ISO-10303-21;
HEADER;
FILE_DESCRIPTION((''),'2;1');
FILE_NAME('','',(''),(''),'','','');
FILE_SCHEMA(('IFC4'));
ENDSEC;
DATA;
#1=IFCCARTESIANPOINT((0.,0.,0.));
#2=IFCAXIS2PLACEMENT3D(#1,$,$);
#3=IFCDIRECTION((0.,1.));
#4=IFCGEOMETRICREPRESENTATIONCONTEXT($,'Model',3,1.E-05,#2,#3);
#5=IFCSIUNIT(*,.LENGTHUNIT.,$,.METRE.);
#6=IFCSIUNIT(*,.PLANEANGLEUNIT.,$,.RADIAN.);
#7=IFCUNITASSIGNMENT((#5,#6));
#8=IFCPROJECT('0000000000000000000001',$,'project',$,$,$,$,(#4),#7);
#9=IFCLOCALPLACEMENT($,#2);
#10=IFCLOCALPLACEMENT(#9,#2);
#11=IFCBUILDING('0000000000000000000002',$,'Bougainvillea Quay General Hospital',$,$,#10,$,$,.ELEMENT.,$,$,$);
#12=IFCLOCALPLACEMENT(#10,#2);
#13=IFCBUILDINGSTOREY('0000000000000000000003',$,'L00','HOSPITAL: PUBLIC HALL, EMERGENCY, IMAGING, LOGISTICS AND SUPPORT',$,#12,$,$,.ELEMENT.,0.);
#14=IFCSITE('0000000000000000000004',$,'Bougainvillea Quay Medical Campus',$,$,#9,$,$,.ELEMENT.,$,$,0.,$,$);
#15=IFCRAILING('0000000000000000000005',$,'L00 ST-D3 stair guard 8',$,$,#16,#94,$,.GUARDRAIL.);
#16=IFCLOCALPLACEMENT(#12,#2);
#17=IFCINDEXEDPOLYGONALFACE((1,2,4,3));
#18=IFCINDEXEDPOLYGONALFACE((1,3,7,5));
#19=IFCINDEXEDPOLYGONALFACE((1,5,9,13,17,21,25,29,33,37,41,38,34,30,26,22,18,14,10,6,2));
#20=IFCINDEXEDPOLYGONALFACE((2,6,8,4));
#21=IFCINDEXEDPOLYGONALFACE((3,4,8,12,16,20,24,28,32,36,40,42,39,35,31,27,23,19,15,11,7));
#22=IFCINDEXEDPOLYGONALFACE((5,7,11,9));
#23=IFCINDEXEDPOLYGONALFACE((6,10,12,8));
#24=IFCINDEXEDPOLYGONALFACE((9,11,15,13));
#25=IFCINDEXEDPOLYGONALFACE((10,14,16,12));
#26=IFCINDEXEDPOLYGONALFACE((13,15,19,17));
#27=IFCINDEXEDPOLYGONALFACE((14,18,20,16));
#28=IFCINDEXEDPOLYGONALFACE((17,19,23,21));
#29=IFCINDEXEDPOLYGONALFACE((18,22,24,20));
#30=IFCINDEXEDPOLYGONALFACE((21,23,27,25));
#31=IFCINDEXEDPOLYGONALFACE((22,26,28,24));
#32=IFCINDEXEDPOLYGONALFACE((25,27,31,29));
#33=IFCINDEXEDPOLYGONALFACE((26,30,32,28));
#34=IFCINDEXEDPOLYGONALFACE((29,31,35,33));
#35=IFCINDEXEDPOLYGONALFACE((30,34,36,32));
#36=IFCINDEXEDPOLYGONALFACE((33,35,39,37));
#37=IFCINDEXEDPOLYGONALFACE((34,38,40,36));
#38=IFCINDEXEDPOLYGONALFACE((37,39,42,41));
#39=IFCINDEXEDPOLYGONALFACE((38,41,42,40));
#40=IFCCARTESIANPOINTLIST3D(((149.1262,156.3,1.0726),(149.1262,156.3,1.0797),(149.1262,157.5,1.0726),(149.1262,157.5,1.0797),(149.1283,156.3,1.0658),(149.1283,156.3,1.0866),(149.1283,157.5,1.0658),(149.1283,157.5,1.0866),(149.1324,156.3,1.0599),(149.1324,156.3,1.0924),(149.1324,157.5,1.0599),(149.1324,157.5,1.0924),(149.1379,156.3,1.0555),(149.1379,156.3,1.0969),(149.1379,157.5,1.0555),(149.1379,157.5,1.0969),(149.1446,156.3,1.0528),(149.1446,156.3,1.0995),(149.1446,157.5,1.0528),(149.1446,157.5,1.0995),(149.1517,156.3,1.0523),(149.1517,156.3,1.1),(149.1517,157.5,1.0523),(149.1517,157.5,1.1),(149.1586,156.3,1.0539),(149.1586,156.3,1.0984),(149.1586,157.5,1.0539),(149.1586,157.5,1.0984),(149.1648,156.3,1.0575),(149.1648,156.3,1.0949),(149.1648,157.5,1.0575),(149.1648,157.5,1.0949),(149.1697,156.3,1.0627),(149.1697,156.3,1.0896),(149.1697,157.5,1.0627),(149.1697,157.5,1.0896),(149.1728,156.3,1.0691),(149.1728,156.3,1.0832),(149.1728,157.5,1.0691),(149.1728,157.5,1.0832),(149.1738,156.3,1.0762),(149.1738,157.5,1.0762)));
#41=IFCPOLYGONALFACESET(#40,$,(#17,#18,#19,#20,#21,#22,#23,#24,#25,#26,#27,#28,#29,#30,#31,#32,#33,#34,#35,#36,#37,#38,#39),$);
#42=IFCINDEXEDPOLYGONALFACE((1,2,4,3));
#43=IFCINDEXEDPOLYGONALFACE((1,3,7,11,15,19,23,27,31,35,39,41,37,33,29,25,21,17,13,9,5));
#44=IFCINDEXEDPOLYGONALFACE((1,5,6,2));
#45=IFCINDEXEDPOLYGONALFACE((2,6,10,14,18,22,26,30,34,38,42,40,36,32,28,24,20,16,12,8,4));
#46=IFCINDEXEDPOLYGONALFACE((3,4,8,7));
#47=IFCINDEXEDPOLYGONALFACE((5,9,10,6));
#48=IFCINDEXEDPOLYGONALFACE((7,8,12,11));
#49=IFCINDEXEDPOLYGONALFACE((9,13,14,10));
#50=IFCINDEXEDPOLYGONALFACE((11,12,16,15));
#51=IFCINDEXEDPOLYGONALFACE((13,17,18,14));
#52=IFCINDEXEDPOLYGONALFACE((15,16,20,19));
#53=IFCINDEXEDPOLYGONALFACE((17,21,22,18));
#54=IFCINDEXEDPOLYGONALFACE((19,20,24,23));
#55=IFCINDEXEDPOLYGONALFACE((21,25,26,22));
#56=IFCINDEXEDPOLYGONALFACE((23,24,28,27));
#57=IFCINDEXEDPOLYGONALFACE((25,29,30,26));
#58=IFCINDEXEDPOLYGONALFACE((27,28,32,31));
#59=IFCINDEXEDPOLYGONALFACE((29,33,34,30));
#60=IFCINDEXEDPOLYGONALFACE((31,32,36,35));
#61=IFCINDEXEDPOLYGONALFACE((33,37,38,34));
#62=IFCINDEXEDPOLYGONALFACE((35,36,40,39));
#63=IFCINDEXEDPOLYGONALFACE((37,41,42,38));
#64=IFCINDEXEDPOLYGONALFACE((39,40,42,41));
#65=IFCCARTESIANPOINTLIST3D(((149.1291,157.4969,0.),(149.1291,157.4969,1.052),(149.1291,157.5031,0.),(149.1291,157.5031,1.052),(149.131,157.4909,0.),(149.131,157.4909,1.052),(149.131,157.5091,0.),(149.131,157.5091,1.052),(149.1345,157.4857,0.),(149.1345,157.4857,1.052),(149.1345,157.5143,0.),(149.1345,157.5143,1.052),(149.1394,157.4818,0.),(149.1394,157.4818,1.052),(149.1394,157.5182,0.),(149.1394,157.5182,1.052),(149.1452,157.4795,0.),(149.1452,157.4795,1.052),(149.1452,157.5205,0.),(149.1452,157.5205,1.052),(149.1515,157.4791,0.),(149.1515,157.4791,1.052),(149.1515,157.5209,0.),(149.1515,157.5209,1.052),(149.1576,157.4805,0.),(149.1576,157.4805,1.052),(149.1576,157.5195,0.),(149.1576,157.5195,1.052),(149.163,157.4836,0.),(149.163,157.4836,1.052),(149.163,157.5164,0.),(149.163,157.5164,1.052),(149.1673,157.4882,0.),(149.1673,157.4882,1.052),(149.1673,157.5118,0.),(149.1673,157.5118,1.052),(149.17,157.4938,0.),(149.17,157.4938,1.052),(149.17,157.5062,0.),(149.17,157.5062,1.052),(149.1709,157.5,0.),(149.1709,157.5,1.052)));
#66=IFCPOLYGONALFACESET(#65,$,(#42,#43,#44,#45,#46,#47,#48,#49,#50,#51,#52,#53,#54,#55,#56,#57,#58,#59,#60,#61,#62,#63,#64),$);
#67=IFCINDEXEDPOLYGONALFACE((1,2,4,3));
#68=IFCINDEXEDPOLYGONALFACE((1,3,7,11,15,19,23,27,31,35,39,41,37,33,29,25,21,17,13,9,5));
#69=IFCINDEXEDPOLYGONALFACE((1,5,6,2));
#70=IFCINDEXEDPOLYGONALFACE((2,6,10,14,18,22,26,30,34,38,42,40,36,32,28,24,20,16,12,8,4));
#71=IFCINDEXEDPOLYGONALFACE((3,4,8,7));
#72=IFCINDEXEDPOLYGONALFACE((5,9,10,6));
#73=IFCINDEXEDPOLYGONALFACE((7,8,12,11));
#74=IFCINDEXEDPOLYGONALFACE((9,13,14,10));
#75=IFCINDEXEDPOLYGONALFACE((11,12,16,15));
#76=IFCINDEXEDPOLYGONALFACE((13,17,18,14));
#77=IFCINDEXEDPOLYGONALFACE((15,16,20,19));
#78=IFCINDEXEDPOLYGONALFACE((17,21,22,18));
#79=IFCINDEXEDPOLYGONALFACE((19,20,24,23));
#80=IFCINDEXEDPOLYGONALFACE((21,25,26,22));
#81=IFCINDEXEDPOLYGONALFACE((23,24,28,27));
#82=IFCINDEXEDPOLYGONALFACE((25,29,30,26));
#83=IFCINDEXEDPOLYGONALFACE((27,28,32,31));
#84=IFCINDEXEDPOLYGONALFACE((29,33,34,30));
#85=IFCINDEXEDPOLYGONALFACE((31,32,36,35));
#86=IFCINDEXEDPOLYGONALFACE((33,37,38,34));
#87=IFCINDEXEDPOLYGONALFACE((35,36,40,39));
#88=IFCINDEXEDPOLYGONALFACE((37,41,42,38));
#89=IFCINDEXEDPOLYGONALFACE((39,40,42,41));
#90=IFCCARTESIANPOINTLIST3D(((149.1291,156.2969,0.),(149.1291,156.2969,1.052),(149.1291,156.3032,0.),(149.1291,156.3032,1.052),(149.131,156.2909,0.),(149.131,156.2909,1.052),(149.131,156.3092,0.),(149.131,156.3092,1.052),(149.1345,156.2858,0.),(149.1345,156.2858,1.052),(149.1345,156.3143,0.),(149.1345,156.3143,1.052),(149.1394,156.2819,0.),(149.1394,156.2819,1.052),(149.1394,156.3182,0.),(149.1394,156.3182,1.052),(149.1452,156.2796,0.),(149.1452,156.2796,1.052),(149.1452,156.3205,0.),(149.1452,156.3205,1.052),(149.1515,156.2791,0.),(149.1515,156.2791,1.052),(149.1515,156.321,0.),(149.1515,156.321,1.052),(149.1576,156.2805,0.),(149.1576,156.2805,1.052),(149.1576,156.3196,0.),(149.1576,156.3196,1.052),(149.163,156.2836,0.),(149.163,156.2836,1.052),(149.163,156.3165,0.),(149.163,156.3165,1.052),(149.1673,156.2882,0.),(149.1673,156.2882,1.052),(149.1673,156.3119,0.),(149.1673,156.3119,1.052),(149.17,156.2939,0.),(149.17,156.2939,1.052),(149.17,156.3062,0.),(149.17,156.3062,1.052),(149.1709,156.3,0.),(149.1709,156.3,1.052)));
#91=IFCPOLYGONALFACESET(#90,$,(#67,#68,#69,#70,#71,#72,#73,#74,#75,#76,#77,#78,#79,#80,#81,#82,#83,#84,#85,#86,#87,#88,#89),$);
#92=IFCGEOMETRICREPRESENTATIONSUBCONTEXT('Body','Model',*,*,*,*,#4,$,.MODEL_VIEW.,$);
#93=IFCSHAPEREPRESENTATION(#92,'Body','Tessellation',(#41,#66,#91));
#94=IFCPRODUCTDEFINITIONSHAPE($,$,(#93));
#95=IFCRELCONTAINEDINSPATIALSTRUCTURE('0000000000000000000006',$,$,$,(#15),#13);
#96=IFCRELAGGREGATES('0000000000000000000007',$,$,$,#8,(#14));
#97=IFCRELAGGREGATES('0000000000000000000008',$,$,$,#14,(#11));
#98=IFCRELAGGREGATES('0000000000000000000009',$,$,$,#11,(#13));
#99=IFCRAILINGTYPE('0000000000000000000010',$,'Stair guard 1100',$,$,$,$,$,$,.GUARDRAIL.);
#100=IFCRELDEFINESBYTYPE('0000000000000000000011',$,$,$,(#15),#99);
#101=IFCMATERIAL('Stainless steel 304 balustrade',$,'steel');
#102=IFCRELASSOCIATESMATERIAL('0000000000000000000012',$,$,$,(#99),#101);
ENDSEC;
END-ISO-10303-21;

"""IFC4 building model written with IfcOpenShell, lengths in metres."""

from ifc_helpers import new_model, si_unit, direction, frame, origin, origin_2d, place, context, subcontext, project, spatial, circle, extrude, material, type_object, element, save


model = new_model("IFC4")

# Units and contexts
model_context = context("Model", 3, precision=1e-05, world=origin(), true_north=direction((0.0, 1.0)))
body_context = subcontext(model_context, "Body", "Model", "MODEL_VIEW")
ifc_project = project(units=[si_unit("LENGTHUNIT", "METRE"), si_unit("PLANEANGLEUNIT", "RADIAN")], contexts=[model_context])

# Site, building, storey
site_placement = place(None, origin())
site = spatial("IfcSite", under=ifc_project, at=site_placement, Name="Bougainvillea Quay Medical Campus", CompositionType="ELEMENT", RefElevation=0.0)
building_placement = place(site_placement, origin())
building = spatial("IfcBuilding", under=site, at=building_placement, Name="Bougainvillea Quay General Hospital", CompositionType="ELEMENT")
storey_placement = place(building_placement, origin())
storey = spatial("IfcBuildingStorey", under=building, at=storey_placement, Name="L00", Description="HOSPITAL: PUBLIC HALL, EMERGENCY, IMAGING, LOGISTICS AND SUPPORT", CompositionType="ELEMENT", Elevation=0.0)

# Railing
ifc_material_1 = material(Name="Stainless steel 304 balustrade", Category="steel")
railing_type_1 = type_object("IfcRailingType", Name="Stair guard 1100", PredefinedType="GUARDRAIL", material=ifc_material_1)
railing_1_placement = place(storey_placement, frame((149.1499, 157.5, 0.0)))
element("IfcRailing", 1, at=railing_1_placement, inside=storey, type_object=railing_type_1, Name="L00 ST-D3 stair guard 8", PredefinedType="GUARDRAIL", context=body_context, shape_type="SweptSolid", body=[
    extrude(circle(Radius=0.0239, at=origin_2d()), frame((0.0, 0.0, 1.0762), z_axis=(0.0, -1.0, 0.0), x_axis=(1.0, 0.0, 0.0)), (0.0, 0.0, 1.0), 1.2),
    extrude(circle(Radius=0.021, at=origin_2d()), origin(), (0.0, 0.0, 1.0), 1.052),
    extrude(circle(Radius=0.021, at=origin_2d()), frame((0.0, -1.2, 0.0)), (0.0, 0.0, 1.0), 1.052),
])

save(model, "model.ifc")
